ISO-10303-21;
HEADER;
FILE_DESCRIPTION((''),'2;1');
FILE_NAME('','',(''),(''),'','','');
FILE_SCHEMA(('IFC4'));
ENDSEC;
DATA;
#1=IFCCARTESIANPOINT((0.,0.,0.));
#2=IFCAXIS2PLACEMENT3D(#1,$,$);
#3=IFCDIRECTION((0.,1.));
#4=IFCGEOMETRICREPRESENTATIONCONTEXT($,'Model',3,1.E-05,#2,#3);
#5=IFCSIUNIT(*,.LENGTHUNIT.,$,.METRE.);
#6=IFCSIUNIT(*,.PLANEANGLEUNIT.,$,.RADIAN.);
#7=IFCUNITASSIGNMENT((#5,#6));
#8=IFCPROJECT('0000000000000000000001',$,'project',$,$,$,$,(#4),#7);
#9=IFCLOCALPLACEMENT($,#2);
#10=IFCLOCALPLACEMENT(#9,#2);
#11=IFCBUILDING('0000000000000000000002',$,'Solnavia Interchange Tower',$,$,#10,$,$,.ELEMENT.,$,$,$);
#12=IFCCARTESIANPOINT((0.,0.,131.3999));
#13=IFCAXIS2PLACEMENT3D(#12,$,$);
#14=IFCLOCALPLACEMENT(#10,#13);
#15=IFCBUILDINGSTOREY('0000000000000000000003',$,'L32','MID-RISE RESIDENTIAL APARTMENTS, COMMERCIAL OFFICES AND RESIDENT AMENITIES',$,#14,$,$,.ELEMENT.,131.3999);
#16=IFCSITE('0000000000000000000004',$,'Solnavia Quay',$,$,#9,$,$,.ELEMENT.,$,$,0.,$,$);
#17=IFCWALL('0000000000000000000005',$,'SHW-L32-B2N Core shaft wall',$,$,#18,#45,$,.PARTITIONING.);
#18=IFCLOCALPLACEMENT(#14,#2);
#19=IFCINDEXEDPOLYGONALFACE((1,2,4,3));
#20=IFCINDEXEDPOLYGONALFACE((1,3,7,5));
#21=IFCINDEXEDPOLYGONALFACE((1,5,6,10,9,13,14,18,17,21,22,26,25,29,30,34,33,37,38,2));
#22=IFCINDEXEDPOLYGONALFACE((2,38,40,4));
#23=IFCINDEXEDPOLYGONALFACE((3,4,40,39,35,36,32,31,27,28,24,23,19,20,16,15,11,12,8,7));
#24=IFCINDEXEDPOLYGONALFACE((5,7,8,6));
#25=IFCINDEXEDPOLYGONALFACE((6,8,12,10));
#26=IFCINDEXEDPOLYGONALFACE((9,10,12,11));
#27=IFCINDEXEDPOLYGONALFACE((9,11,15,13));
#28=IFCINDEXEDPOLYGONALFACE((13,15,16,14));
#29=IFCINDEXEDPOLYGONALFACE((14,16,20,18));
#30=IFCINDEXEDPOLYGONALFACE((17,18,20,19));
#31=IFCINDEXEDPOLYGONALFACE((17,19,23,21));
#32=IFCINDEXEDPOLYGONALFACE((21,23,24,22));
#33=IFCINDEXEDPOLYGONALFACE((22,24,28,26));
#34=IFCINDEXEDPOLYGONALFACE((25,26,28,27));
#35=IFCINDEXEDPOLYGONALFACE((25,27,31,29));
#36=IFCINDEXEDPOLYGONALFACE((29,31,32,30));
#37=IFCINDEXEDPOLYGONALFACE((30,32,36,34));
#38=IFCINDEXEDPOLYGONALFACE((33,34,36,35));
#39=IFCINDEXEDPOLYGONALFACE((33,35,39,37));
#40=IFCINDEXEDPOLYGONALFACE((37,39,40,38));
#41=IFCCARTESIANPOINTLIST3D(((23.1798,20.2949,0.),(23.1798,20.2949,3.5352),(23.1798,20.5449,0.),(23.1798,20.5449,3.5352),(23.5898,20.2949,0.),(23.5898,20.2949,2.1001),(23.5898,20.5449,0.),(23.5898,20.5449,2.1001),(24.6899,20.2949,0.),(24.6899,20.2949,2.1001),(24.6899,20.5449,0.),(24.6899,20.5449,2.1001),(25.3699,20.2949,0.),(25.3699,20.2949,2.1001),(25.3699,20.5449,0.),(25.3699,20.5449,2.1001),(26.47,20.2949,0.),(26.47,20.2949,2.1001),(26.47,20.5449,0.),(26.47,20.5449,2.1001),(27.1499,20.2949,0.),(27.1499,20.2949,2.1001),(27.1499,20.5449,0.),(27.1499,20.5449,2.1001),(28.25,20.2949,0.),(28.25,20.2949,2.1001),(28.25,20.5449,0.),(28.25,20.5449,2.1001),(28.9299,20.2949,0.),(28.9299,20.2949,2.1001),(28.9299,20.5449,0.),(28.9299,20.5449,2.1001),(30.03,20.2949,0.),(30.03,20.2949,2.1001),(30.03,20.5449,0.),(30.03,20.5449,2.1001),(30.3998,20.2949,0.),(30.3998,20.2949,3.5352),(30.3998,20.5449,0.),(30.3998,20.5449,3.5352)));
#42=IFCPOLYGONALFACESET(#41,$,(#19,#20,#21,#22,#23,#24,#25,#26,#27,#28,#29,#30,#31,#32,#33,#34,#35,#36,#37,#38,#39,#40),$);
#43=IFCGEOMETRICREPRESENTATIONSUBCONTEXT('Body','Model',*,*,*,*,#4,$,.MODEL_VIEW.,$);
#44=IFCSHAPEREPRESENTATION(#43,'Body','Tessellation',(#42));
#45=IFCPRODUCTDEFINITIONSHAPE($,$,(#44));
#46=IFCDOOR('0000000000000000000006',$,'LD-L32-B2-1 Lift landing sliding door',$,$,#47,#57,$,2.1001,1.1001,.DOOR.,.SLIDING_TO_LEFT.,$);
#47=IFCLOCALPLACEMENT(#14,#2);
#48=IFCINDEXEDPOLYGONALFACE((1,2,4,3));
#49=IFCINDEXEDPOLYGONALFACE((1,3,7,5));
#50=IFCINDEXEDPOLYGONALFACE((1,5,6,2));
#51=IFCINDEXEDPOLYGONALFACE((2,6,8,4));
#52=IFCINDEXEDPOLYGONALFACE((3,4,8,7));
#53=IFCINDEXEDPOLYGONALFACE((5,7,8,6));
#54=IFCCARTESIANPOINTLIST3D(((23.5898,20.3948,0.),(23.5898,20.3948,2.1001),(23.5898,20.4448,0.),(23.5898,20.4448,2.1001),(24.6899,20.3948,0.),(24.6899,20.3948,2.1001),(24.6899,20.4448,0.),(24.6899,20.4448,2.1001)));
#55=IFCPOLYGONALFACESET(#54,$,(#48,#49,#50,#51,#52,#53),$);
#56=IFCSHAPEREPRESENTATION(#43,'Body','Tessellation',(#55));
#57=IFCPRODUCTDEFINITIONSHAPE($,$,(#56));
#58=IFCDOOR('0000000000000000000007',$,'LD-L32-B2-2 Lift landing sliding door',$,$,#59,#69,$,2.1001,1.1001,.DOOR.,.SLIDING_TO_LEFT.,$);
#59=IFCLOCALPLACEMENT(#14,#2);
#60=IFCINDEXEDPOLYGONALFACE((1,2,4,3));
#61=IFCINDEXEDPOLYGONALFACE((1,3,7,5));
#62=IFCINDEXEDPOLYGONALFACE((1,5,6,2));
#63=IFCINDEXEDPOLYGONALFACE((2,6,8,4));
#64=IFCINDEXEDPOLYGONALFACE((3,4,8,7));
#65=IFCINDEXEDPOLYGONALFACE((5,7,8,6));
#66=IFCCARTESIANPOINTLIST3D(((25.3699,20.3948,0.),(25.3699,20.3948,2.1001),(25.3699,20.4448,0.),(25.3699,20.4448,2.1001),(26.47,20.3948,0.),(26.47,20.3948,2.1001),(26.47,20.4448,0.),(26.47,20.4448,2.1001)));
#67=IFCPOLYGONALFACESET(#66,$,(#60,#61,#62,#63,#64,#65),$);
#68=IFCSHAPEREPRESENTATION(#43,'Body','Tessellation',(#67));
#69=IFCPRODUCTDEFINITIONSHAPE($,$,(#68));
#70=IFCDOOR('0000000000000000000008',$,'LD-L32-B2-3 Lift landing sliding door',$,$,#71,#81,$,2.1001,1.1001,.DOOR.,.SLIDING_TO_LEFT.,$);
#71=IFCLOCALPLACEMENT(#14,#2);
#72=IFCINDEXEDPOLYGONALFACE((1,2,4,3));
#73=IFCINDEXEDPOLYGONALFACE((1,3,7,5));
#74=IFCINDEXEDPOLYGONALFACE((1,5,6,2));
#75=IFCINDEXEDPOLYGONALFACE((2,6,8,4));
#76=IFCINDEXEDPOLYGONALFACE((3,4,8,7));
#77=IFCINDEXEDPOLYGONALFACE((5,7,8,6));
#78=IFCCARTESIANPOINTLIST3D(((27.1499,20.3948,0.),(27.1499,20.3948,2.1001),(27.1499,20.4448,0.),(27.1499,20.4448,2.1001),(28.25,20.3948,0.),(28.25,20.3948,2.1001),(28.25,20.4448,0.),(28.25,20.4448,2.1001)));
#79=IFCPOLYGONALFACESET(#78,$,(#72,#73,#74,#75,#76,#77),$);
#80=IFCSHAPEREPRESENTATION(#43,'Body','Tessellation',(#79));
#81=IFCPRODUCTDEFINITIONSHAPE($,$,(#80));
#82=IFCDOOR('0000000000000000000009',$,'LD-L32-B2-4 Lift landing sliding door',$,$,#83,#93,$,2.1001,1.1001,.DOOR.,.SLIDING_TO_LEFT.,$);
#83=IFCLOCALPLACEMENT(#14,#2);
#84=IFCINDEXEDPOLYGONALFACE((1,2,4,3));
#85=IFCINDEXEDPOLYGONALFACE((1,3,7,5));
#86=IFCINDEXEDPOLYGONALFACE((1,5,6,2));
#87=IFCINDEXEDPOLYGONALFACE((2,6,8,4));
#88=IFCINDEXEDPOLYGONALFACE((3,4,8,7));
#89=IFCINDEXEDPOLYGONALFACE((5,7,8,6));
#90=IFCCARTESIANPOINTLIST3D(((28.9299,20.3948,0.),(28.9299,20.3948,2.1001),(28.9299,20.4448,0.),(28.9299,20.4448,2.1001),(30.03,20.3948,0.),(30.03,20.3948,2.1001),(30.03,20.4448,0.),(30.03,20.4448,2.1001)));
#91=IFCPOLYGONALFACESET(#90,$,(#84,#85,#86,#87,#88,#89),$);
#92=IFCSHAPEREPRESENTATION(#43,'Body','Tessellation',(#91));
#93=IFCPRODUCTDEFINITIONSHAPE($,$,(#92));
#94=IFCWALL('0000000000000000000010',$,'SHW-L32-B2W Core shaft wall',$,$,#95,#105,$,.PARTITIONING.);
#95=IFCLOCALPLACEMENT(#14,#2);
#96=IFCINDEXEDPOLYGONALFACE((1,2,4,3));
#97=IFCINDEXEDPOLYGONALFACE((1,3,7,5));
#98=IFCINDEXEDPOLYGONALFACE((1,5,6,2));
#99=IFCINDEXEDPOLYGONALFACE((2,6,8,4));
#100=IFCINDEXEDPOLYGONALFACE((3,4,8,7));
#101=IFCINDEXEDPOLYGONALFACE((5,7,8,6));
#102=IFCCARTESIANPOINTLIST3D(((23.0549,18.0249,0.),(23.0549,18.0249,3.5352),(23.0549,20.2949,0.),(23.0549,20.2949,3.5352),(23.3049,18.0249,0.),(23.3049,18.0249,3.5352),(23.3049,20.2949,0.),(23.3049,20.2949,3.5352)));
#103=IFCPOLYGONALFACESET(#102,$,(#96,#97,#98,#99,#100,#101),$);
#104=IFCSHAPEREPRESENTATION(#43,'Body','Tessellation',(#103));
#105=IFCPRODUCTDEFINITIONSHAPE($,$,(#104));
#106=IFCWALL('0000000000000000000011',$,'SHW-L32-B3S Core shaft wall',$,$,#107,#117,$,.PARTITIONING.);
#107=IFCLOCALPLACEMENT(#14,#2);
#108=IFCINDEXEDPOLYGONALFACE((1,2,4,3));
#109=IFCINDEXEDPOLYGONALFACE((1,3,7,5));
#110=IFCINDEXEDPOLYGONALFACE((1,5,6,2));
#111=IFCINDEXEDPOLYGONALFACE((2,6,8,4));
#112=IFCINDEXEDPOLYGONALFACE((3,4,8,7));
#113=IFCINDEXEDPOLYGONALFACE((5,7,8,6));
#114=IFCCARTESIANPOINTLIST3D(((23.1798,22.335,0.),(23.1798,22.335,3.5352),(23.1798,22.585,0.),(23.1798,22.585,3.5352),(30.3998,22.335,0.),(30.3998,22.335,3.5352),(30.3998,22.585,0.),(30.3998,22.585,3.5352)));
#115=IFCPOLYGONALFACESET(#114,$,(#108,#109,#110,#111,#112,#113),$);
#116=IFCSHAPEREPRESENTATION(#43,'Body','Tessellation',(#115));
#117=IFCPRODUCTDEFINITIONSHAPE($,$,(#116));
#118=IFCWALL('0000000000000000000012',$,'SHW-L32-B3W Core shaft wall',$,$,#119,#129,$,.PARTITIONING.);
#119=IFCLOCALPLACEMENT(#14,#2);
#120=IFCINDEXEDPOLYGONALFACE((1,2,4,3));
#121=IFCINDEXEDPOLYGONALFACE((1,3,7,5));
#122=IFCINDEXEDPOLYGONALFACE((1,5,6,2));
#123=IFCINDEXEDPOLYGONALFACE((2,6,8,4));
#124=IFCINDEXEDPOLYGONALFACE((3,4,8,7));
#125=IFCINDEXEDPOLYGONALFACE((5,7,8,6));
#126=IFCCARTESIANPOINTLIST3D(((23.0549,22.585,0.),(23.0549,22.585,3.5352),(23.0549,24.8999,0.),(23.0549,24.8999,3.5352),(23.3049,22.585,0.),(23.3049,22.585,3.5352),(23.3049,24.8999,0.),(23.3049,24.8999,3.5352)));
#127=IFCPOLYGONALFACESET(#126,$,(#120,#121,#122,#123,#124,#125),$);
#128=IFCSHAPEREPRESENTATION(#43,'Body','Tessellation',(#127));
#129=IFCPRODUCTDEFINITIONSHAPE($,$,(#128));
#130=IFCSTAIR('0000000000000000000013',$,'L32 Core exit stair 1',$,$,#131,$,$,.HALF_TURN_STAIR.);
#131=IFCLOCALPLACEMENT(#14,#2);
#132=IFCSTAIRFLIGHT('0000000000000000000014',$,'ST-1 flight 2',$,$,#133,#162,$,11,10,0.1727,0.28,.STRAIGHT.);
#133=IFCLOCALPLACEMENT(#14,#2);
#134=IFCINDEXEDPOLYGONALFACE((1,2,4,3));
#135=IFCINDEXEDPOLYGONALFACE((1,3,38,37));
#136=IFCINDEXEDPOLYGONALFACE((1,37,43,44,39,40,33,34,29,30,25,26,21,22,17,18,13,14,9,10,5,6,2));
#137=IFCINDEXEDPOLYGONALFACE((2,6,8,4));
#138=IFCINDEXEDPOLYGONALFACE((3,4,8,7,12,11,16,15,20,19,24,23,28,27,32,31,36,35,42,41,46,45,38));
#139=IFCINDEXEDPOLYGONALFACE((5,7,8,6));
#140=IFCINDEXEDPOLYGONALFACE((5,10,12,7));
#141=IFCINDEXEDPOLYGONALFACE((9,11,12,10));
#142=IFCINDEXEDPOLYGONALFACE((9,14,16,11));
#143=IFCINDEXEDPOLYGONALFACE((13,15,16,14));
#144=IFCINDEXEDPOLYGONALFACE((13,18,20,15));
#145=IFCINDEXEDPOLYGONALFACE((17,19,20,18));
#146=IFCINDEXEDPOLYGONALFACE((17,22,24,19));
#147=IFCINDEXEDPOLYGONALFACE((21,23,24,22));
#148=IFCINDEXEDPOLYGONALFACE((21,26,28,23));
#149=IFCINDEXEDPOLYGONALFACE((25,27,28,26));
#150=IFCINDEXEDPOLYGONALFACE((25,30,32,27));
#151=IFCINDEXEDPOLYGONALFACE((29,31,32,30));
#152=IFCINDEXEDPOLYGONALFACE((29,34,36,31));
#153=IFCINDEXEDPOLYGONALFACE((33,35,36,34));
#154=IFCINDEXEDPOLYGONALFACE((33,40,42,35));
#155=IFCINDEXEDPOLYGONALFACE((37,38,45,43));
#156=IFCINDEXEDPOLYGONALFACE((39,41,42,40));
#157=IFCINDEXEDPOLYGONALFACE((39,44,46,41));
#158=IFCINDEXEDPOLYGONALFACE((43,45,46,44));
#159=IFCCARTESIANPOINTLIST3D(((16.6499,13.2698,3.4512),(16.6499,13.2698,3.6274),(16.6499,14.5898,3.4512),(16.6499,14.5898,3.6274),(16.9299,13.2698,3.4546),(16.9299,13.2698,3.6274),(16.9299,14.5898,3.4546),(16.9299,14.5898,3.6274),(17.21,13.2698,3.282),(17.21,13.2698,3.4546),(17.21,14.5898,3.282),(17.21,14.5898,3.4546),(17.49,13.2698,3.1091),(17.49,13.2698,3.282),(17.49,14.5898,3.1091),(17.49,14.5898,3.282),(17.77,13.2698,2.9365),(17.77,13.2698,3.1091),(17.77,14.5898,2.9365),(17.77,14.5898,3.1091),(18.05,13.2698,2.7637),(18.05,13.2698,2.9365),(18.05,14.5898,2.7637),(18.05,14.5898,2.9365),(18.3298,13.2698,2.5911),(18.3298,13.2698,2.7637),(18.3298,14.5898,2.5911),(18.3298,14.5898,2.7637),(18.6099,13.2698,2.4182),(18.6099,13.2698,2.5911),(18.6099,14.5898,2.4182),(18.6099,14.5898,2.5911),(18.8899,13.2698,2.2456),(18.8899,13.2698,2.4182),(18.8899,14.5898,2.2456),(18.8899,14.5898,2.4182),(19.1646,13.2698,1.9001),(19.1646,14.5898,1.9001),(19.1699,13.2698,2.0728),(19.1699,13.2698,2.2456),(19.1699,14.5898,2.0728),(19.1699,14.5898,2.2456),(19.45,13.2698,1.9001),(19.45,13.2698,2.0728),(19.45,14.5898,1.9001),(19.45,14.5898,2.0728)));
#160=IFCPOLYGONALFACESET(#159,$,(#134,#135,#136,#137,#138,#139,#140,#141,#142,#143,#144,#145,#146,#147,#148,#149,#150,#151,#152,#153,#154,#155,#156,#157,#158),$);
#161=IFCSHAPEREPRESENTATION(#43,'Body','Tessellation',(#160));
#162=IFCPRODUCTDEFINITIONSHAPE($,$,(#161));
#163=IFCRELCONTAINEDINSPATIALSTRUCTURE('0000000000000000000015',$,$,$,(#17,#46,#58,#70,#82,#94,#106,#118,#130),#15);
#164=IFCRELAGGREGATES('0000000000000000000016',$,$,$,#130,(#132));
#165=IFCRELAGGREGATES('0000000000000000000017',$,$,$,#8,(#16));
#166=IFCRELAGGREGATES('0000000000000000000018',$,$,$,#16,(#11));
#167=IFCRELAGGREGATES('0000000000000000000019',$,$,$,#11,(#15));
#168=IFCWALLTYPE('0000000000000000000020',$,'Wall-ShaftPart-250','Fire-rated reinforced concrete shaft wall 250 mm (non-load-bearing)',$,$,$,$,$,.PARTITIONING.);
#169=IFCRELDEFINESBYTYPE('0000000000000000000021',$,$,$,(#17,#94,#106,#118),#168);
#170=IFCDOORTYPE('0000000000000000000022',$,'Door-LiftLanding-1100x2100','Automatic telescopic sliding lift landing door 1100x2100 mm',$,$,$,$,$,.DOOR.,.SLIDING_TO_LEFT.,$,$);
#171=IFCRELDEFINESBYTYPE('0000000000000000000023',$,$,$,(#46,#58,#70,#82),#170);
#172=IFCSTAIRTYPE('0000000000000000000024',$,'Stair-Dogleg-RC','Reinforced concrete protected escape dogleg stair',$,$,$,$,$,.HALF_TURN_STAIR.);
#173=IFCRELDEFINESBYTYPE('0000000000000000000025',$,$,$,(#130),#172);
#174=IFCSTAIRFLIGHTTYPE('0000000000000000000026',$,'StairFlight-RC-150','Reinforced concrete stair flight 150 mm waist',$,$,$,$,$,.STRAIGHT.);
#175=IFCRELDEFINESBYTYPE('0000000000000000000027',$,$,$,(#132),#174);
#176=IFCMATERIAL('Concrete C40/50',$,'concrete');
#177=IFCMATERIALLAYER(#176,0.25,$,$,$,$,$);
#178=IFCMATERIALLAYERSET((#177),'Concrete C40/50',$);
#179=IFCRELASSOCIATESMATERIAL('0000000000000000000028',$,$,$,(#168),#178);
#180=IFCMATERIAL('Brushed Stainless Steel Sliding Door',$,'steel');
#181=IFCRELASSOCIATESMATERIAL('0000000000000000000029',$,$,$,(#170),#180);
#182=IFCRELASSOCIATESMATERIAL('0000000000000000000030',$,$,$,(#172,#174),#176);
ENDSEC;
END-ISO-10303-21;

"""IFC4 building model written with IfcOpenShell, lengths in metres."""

from ifc_helpers import new_model, si_unit, direction, frame, frame_2d, origin, place, context, subcontext, project, spatial, polyline, rectangle, outline, extrude, material, layer, layer_set, type_object, element, fill, aggregate, save


model = new_model("IFC4")

# Units and contexts
model_context = context("Model", 3, precision=1e-05, world=origin(), true_north=direction((0.0, 1.0)))
body_context = subcontext(model_context, "Body", "Model", "MODEL_VIEW")
ifc_project = project(units=[si_unit("LENGTHUNIT", "METRE"), si_unit("PLANEANGLEUNIT", "RADIAN")], contexts=[model_context])

# Site, building, storey
site_placement = place(None, origin())
site = spatial("IfcSite", under=ifc_project, at=site_placement, Name="Solnavia Quay", CompositionType="ELEMENT", RefElevation=0.0)
building_placement = place(site_placement, origin())
building = spatial("IfcBuilding", under=site, at=building_placement, Name="Solnavia Interchange Tower", CompositionType="ELEMENT")
storey_placement = place(building_placement, frame((0.0, 0.0, 131.3999)))
storey = spatial("IfcBuildingStorey", under=building, at=storey_placement, Name="L32", Description="MID-RISE RESIDENTIAL APARTMENTS, COMMERCIAL OFFICES AND RESIDENT AMENITIES", CompositionType="ELEMENT", Elevation=131.3999)

# Shared definitions
ifc_material_1 = material(Name="Concrete C40/50", Category="concrete")

# Shared definitions
ifc_layer_1 = layer(ifc_material_1, 0.25)
ifc_layer_set_1 = layer_set([ifc_layer_1], Name="Concrete C40/50")
wall_type_1 = type_object("IfcWallType", Name="Wall-ShaftPart-250", Description="Fire-rated reinforced concrete shaft wall 250 mm (non-load-bearing)", PredefinedType="PARTITIONING", material=ifc_layer_set_1)
ifc_material_2 = material(Name="Brushed Stainless Steel Sliding Door", Category="steel")
door_type_1 = type_object("IfcDoorType", Name="Door-LiftLanding-1100x2100", Description="Automatic telescopic sliding lift landing door 1100x2100 mm", OperationType="SLIDING_TO_LEFT", PredefinedType="DOOR", material=ifc_material_2)

# Wall, openings, doors
wall_1_placement = place(storey_placement, frame((23.1799, 20.4199, 0.0), z_axis=(0.0, 0.0, 1.0), x_axis=(1.0, 0.0, 0.0)))
wall_1 = element("IfcWall", 1, at=wall_1_placement, inside=storey, type_object=wall_type_1, Name="SHW-L32-B2N Core shaft wall", PredefinedType="PARTITIONING", context=body_context, shape_type="SweptSolid", body=[
    extrude(rectangle(XDim=7.22, YDim=0.25, at=frame_2d((3.6099, 0.0))), origin(), (0.0, 0.0, 1.0), 3.5352),
])
opening_1_placement = place(wall_1_placement, frame((0.4099, 0.0, 0.0)))
opening_1 = element("IfcOpeningElement", 2, at=opening_1_placement, cuts=wall_1, PredefinedType="OPENING", context=body_context, shape_type="SweptSolid", body=[
    extrude(rectangle(XDim=1.1001, YDim=2.1001, at=frame_2d((0.55, 1.05))), frame((0.0, 0.135, 0.0), z_axis=(0.0, -1.0, 0.0), x_axis=(1.0, 0.0, 0.0)), (0.0, 0.0, 1.0), 0.27),
])
opening_2_placement = place(wall_1_placement, frame((2.1899, 0.0, 0.0)))
opening_2 = element("IfcOpeningElement", 3, at=opening_2_placement, cuts=wall_1, PredefinedType="OPENING", context=body_context, shape_type="SweptSolid", body=[
    extrude(rectangle(XDim=1.1001, YDim=2.1001, at=frame_2d((0.55, 1.05))), frame((0.0, 0.135, 0.0), z_axis=(0.0, -1.0, 0.0), x_axis=(1.0, 0.0, 0.0)), (0.0, 0.0, 1.0), 0.27),
])
opening_3_placement = place(wall_1_placement, frame((3.97, 0.0, 0.0)))
opening_3 = element("IfcOpeningElement", 4, at=opening_3_placement, cuts=wall_1, PredefinedType="OPENING", context=body_context, shape_type="SweptSolid", body=[
    extrude(rectangle(XDim=1.1001, YDim=2.1001, at=frame_2d((0.55, 1.05))), frame((0.0, 0.135, 0.0), z_axis=(0.0, -1.0, 0.0), x_axis=(1.0, 0.0, 0.0)), (0.0, 0.0, 1.0), 0.27),
])
opening_4_placement = place(wall_1_placement, frame((5.75, 0.0, 0.0)))
opening_4 = element("IfcOpeningElement", 5, at=opening_4_placement, cuts=wall_1, PredefinedType="OPENING", context=body_context, shape_type="SweptSolid", body=[
    extrude(rectangle(XDim=1.1001, YDim=2.1001, at=frame_2d((0.55, 1.05))), frame((0.0, 0.135, 0.0), z_axis=(0.0, -1.0, 0.0), x_axis=(1.0, 0.0, 0.0)), (0.0, 0.0, 1.0), 0.27),
])
door_1_placement = place(opening_1_placement, origin())
door_1 = element("IfcDoor", 6, at=door_1_placement, inside=storey, type_object=door_type_1, Name="LD-L32-B2-1 Lift landing sliding door", OperationType="SLIDING_TO_LEFT", OverallHeight=2.1001, OverallWidth=1.1001, PredefinedType="DOOR", context=body_context, shape_type="SweptSolid", body=[
    extrude(rectangle(XDim=1.1001, YDim=2.1001, at=frame_2d((0.55, 1.05))), frame((0.0, 0.0249, 0.0), z_axis=(0.0, -1.0, 0.0), x_axis=(1.0, 0.0, 0.0)), (0.0, 0.0, 1.0), 0.05),
])
fill(opening_1, door_1)
door_2_placement = place(opening_2_placement, origin())
door_2 = element("IfcDoor", 7, at=door_2_placement, inside=storey, type_object=door_type_1, Name="LD-L32-B2-2 Lift landing sliding door", OperationType="SLIDING_TO_LEFT", OverallHeight=2.1001, OverallWidth=1.1001, PredefinedType="DOOR", context=body_context, shape_type="SweptSolid", body=[
    extrude(rectangle(XDim=1.1001, YDim=2.1001, at=frame_2d((0.55, 1.05))), frame((0.0, 0.0249, 0.0), z_axis=(0.0, -1.0, 0.0), x_axis=(1.0, 0.0, 0.0)), (0.0, 0.0, 1.0), 0.05),
])
fill(opening_2, door_2)
door_3_placement = place(opening_3_placement, origin())
door_3 = element("IfcDoor", 8, at=door_3_placement, inside=storey, type_object=door_type_1, Name="LD-L32-B2-3 Lift landing sliding door", OperationType="SLIDING_TO_LEFT", OverallHeight=2.1001, OverallWidth=1.1001, PredefinedType="DOOR", context=body_context, shape_type="SweptSolid", body=[
    extrude(rectangle(XDim=1.1001, YDim=2.1001, at=frame_2d((0.55, 1.05))), frame((0.0, 0.0249, 0.0), z_axis=(0.0, -1.0, 0.0), x_axis=(1.0, 0.0, 0.0)), (0.0, 0.0, 1.0), 0.05),
])
fill(opening_3, door_3)
door_4_placement = place(opening_4_placement, origin())
door_4 = element("IfcDoor", 9, at=door_4_placement, inside=storey, type_object=door_type_1, Name="LD-L32-B2-4 Lift landing sliding door", OperationType="SLIDING_TO_LEFT", OverallHeight=2.1001, OverallWidth=1.1001, PredefinedType="DOOR", context=body_context, shape_type="SweptSolid", body=[
    extrude(rectangle(XDim=1.1001, YDim=2.1001, at=frame_2d((0.55, 1.05))), frame((0.0, 0.0249, 0.0), z_axis=(0.0, -1.0, 0.0), x_axis=(1.0, 0.0, 0.0)), (0.0, 0.0, 1.0), 0.05),
])
fill(opening_4, door_4)

# Walls
wall_2_placement = place(storey_placement, frame((23.1799, 18.0249, 0.0), z_axis=(0.0, 0.0, 1.0), x_axis=(0.0, 1.0, 0.0)))
element("IfcWall", 10, at=wall_2_placement, inside=storey, type_object=wall_type_1, Name="SHW-L32-B2W Core shaft wall", PredefinedType="PARTITIONING", context=body_context, shape_type="SweptSolid", body=[
    extrude(rectangle(XDim=2.27, YDim=0.25, at=frame_2d((1.135, 0.0))), origin(), (0.0, 0.0, 1.0), 3.5352),
])
wall_3_placement = place(storey_placement, frame((23.1799, 22.46, 0.0), z_axis=(0.0, 0.0, 1.0), x_axis=(1.0, 0.0, 0.0)))
element("IfcWall", 11, at=wall_3_placement, inside=storey, type_object=wall_type_1, Name="SHW-L32-B3S Core shaft wall", PredefinedType="PARTITIONING", context=body_context, shape_type="SweptSolid", body=[
    extrude(rectangle(XDim=7.22, YDim=0.25, at=frame_2d((3.6099, 0.0))), origin(), (0.0, 0.0, 1.0), 3.5352),
])
wall_4_placement = place(storey_placement, frame((23.1799, 22.585, 0.0), z_axis=(0.0, 0.0, 1.0), x_axis=(0.0, 1.0, 0.0)))
element("IfcWall", 12, at=wall_4_placement, inside=storey, type_object=wall_type_1, Name="SHW-L32-B3W Core shaft wall", PredefinedType="PARTITIONING", context=body_context, shape_type="SweptSolid", body=[
    extrude(rectangle(XDim=2.3149, YDim=0.25, at=frame_2d((1.1575, 0.0))), origin(), (0.0, 0.0, 1.0), 3.5352),
])

# Stair, stair flight
stair_type = type_object("IfcStairType", Name="Stair-Dogleg-RC", Description="Reinforced concrete protected escape dogleg stair", PredefinedType="HALF_TURN_STAIR", material=ifc_material_1)
stair_1_placement = place(storey_placement, origin())
stair_1 = element("IfcStair", 13, at=stair_1_placement, inside=storey, type_object=stair_type, Name="L32 Core exit stair 1", PredefinedType="HALF_TURN_STAIR")
stair_flight_type = type_object("IfcStairFlightType", Name="StairFlight-RC-150", Description="Reinforced concrete stair flight 150 mm waist", PredefinedType="STRAIGHT", material=ifc_material_1)
stair_flight_1_placement = place(storey_placement, frame((19.45, 13.9299, 1.9001), z_axis=(0.0, 0.0, 1.0), x_axis=(-1.0, 0.0, 0.0)))
stair_flight_1 = element("IfcStairFlight", 14, at=stair_flight_1_placement, type_object=stair_flight_type, Name="ST-1 flight 2", NumberOfRisers=11, NumberOfTreads=10, PredefinedType="STRAIGHT", RiserHeight=0.1727, TreadLength=0.28, context=body_context, shape_type="SweptSolid", body=[
    extrude(outline(polyline([(0.0, 0.0), (0.0, 0.1726), (0.28, 0.1726), (0.28, 0.3455), (0.5601, 0.3455), (0.5601, 0.5181), (0.8401, 0.5181), (0.8401, 0.6909), (1.1201, 0.6909), (1.1201, 0.8635), (1.3999, 0.8635), (1.3999, 1.0364), (1.6799, 1.0364), (1.6799, 1.209), (1.96, 1.209), (1.96, 1.3818), (2.24, 1.3818), (2.24, 1.5544), (2.52, 1.5544), (2.52, 1.7273), (2.8, 1.7273), (2.8, 1.8999), (2.8, 1.551), (0.2854, 0.0), (0.0, 0.0)])), frame((0.0, 0.6602, 0.0), z_axis=(0.0, -1.0, 0.0), x_axis=(1.0, 0.0, 0.0)), (0.0, 0.0, 1.0), 1.3201),
])
aggregate(stair_1, [stair_flight_1])

save(model, "model.ifc")
